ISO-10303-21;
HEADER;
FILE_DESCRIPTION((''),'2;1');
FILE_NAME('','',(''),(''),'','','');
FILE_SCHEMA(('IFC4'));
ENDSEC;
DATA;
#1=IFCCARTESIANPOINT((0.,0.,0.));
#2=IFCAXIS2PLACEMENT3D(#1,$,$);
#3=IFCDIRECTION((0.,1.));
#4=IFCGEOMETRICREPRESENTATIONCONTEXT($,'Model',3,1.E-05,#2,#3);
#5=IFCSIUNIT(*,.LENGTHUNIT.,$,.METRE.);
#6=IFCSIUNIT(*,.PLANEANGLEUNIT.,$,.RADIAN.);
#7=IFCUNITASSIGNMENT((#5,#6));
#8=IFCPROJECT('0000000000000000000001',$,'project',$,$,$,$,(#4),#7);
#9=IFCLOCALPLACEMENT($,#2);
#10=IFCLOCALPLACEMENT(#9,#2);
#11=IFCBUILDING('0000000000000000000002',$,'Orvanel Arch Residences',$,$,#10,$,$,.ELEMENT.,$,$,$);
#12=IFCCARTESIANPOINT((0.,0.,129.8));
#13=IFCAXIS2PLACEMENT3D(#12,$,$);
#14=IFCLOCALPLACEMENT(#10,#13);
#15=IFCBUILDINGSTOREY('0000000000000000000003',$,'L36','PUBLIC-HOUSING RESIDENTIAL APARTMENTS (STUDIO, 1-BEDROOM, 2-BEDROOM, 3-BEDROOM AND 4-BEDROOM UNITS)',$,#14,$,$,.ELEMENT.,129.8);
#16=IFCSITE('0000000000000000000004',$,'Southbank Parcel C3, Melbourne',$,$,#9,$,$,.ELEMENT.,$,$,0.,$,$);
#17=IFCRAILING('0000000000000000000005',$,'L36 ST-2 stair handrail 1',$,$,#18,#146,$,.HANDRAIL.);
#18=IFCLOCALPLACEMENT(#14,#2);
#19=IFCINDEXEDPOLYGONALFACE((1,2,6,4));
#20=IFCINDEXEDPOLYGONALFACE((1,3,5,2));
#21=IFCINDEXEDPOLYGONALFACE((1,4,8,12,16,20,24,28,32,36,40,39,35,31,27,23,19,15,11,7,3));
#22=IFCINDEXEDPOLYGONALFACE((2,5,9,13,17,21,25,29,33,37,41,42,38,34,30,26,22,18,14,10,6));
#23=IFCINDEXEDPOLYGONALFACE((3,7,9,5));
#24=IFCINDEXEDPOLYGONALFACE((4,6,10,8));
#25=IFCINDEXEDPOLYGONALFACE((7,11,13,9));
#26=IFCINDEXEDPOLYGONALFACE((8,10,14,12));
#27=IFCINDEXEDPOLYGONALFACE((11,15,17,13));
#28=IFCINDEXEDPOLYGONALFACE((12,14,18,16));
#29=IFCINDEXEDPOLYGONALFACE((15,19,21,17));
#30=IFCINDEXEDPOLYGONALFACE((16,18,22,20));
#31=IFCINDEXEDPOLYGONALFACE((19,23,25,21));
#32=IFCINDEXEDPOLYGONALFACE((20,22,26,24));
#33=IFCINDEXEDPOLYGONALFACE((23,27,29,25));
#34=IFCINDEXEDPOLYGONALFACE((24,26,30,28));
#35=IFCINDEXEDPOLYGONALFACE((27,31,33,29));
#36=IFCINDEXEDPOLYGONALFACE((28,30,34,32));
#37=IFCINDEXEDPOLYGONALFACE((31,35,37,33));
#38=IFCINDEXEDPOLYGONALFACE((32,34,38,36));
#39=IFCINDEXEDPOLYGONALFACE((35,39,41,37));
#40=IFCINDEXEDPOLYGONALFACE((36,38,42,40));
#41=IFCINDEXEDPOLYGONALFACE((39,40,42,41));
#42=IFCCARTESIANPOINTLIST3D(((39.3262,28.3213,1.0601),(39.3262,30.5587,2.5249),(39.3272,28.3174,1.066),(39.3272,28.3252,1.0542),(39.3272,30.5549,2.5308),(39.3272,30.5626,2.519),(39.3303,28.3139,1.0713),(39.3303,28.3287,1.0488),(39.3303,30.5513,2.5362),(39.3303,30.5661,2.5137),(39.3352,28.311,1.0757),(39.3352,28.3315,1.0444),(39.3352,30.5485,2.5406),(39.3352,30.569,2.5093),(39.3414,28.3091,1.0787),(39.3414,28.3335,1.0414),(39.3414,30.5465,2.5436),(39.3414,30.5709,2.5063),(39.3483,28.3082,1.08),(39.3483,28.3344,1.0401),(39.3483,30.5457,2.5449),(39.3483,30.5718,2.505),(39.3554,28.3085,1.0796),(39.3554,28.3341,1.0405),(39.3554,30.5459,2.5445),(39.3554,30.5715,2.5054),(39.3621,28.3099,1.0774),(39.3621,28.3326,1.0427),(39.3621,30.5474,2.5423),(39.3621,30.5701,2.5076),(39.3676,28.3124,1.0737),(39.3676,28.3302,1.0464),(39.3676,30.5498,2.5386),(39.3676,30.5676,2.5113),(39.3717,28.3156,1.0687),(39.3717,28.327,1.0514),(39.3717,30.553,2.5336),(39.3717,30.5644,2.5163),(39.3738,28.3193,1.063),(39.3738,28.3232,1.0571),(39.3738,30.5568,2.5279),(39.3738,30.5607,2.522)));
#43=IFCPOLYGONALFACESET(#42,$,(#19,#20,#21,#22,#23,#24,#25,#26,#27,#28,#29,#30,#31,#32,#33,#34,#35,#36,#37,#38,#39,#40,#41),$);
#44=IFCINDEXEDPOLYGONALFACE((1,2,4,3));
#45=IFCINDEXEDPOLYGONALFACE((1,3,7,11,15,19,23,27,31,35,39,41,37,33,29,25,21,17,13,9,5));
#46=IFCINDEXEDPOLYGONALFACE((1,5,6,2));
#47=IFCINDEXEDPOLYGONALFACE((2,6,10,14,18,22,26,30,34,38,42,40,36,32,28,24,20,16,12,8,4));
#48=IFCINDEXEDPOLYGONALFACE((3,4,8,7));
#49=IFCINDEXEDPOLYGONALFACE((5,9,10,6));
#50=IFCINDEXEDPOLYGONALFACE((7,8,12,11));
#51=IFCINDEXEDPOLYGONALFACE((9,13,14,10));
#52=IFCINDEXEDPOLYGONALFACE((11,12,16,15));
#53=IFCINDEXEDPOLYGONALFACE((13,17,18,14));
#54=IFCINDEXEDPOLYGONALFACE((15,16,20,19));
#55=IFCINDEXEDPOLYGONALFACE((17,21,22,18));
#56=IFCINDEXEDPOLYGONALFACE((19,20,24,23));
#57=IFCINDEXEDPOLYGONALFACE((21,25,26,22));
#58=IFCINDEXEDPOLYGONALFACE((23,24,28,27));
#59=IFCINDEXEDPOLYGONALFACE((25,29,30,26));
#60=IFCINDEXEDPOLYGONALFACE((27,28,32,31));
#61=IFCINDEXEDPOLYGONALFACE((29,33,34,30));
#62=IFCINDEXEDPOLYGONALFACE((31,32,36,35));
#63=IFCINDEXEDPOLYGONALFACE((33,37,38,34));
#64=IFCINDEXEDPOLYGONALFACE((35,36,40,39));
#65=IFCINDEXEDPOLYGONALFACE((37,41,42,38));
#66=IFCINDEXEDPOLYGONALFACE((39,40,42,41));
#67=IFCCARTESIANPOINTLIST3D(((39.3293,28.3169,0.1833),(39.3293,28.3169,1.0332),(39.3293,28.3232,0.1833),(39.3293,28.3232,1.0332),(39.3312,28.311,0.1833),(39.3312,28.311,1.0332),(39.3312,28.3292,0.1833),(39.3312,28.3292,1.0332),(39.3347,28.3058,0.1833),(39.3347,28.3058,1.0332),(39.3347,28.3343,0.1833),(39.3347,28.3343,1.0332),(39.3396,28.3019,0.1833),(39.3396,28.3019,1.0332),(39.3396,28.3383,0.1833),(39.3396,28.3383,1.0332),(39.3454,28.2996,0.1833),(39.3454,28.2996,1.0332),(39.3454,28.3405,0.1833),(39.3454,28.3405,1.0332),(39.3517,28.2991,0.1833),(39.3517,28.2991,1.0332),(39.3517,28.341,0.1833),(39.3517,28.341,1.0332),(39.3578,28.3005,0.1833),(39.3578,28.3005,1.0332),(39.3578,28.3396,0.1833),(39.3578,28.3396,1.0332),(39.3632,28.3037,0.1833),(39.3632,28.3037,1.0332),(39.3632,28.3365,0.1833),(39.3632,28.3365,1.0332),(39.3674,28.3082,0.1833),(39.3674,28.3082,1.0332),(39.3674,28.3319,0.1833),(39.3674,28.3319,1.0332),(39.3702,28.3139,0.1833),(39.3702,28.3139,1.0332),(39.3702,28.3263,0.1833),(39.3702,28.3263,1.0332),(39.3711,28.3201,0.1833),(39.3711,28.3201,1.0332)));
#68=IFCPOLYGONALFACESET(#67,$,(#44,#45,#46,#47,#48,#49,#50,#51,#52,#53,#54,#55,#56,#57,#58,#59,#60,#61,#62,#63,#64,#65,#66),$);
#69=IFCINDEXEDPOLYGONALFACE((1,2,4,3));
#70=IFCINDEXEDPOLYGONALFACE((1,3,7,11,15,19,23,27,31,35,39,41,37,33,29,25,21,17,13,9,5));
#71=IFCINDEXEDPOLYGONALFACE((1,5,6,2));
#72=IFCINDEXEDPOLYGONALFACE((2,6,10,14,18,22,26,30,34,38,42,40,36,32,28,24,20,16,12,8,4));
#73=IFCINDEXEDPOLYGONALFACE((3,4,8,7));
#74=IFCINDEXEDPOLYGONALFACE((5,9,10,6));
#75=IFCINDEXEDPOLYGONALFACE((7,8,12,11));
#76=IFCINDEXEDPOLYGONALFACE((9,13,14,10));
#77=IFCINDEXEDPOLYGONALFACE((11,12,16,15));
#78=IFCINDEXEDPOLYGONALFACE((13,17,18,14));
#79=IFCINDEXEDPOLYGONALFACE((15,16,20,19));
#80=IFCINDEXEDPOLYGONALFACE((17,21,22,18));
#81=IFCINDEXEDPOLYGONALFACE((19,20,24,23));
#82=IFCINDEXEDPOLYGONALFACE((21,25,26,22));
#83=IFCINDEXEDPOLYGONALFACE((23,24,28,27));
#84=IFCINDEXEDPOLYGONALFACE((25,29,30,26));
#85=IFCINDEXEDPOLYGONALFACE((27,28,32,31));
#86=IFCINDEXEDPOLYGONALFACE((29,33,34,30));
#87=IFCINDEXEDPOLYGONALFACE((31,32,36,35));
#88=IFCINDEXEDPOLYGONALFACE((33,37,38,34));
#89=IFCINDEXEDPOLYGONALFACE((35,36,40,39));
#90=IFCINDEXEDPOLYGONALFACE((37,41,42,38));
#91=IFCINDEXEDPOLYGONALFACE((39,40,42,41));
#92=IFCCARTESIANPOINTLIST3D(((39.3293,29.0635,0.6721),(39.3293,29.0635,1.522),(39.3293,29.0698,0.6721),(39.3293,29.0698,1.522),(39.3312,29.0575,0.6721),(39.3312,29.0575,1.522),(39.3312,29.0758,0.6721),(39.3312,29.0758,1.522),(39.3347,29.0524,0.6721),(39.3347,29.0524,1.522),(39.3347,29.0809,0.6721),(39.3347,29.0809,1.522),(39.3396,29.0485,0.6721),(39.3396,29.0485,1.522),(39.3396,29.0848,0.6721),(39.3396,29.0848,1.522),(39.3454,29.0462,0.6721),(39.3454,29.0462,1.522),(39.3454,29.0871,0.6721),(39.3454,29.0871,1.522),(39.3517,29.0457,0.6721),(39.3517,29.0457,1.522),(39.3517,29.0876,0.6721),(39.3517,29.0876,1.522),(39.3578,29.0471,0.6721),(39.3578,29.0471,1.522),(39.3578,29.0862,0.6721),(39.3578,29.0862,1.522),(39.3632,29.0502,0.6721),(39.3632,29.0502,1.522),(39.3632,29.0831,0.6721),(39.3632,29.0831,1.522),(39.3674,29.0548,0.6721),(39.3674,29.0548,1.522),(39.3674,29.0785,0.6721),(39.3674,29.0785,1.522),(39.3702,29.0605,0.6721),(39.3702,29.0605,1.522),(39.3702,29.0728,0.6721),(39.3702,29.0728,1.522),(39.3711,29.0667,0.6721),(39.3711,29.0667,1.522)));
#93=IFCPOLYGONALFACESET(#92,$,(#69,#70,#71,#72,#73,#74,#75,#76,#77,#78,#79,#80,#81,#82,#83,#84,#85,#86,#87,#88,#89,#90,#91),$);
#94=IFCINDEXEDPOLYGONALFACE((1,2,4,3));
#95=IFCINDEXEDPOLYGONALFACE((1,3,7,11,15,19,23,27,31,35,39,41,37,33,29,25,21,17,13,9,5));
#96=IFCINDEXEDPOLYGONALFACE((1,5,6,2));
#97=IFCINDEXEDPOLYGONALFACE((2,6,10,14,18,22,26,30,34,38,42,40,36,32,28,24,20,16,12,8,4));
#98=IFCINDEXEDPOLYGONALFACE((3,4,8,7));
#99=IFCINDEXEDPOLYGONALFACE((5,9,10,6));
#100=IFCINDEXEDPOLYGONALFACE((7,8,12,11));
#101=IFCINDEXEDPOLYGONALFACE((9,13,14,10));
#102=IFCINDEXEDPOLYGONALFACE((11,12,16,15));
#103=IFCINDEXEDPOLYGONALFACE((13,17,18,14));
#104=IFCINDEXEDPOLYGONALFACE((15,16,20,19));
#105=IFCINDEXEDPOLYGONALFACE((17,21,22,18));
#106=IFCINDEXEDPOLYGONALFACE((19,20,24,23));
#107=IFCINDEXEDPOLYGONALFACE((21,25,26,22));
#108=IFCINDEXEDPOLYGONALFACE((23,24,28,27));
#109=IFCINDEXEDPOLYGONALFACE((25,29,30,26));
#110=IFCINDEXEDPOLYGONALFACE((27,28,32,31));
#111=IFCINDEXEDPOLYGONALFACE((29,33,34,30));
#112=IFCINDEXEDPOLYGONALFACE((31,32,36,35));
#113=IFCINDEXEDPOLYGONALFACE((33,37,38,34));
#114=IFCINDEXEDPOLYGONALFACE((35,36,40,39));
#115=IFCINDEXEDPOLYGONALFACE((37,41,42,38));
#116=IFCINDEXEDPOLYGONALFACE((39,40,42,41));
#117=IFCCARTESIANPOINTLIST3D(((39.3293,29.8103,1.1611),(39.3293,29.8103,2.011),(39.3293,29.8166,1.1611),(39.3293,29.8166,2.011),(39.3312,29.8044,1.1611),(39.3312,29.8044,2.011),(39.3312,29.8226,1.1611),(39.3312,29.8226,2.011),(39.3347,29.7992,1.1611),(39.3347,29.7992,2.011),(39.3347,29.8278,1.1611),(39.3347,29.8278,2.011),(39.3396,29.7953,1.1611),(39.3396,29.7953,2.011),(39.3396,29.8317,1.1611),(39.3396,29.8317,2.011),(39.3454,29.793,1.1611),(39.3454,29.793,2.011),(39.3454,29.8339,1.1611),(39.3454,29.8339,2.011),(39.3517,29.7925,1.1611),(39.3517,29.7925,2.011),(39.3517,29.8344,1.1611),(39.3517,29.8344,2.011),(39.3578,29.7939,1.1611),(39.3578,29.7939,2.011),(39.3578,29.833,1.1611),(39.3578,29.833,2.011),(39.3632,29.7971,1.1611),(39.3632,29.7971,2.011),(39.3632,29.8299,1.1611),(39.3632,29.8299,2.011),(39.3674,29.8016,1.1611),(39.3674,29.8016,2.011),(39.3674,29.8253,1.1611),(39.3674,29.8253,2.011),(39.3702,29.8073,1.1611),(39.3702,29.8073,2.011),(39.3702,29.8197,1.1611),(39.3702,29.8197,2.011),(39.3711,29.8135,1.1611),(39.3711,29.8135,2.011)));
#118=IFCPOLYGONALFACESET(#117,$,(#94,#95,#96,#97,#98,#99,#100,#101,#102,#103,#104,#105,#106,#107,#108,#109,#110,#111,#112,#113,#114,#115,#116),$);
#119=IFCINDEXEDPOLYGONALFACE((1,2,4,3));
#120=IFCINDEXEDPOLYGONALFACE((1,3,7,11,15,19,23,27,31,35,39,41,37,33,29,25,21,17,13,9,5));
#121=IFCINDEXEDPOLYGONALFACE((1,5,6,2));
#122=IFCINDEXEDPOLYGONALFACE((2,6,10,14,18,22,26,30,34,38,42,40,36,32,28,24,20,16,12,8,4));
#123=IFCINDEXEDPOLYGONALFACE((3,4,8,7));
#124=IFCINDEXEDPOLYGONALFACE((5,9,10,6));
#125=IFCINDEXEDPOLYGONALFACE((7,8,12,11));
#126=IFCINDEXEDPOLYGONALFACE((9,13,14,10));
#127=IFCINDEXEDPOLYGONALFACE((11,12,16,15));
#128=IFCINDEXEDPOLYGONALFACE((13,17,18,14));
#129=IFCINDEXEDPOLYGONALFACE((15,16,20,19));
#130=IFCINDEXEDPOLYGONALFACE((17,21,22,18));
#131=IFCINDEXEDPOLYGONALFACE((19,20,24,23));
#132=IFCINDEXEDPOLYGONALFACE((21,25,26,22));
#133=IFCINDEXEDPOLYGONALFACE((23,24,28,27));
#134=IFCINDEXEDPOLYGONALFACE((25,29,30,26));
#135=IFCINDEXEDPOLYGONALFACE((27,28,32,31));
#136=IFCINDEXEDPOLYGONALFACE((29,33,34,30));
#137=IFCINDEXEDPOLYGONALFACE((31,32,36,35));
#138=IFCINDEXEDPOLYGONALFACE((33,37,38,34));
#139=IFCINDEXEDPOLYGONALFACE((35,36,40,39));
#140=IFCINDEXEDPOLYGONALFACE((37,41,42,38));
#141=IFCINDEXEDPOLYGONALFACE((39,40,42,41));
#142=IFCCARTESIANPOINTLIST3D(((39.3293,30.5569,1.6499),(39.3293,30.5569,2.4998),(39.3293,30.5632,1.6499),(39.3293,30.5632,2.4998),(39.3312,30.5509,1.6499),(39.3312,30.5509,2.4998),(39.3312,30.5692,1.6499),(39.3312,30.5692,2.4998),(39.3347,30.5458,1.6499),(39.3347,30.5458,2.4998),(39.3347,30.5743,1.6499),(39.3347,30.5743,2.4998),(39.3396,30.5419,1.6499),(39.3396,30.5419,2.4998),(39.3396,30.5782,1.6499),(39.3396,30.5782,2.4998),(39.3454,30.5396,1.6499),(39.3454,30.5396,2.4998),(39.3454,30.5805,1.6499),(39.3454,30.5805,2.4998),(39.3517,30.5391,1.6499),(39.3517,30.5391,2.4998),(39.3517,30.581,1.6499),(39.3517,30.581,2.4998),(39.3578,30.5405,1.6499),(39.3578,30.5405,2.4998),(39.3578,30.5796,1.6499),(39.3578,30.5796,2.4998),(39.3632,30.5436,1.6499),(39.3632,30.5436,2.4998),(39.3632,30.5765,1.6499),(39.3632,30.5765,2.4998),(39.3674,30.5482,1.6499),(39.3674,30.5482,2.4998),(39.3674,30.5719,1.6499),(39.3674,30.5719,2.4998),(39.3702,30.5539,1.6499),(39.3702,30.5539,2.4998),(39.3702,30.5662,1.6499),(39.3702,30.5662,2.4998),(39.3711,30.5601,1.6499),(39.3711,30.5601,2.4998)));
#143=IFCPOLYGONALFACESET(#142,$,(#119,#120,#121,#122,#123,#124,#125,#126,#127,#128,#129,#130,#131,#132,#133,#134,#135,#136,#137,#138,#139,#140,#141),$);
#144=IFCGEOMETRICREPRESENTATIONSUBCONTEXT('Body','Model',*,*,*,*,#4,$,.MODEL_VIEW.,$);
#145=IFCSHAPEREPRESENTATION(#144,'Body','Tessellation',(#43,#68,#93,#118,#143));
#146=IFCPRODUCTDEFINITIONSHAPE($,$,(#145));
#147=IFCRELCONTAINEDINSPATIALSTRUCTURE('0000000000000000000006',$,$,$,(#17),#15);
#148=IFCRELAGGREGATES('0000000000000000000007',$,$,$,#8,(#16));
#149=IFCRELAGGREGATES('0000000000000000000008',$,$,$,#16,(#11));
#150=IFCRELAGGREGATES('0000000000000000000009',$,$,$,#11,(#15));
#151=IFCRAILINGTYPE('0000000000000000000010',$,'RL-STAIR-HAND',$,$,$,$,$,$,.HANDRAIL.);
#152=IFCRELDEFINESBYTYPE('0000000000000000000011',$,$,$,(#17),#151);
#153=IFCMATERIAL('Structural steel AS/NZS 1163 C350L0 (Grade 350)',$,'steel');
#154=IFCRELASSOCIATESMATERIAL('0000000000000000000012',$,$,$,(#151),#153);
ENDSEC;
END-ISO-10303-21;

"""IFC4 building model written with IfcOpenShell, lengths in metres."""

from ifc_helpers import new_model, si_unit, direction, frame, origin, origin_2d, place, context, subcontext, project, spatial, circle, extrude, material, type_object, element, save


model = new_model("IFC4")

# Units and contexts
model_context = context("Model", 3, precision=1e-05, world=origin(), true_north=direction((0.0, 1.0)))
body_context = subcontext(model_context, "Body", "Model", "MODEL_VIEW")
ifc_project = project(units=[si_unit("LENGTHUNIT", "METRE"), si_unit("PLANEANGLEUNIT", "RADIAN")], contexts=[model_context])

# Site, building, storey
site_placement = place(None, origin())
site = spatial("IfcSite", under=ifc_project, at=site_placement, Name="Southbank Parcel C3, Melbourne", CompositionType="ELEMENT", RefElevation=0.0)
building_placement = place(site_placement, origin())
building = spatial("IfcBuilding", under=site, at=building_placement, Name="Orvanel Arch Residences", CompositionType="ELEMENT")
storey_placement = place(building_placement, frame((0.0, 0.0, 129.8)))
storey = spatial("IfcBuildingStorey", under=building, at=storey_placement, Name="L36", Description="PUBLIC-HOUSING RESIDENTIAL APARTMENTS (STUDIO, 1-BEDROOM, 2-BEDROOM, 3-BEDROOM AND 4-BEDROOM UNITS)", CompositionType="ELEMENT", Elevation=129.8)

# Railing
ifc_material_1 = material(Name="Structural steel AS/NZS 1163 C350L0 (Grade 350)", Category="steel")
railing_type = type_object("IfcRailingType", Name="RL-STAIR-HAND", PredefinedType="HANDRAIL", material=ifc_material_1)
railing_placement = place(storey_placement, frame((39.3501, 28.3201, 0.1833)))
element("IfcRailing", 1, at=railing_placement, inside=storey, type_object=railing_type, Name="L36 ST-2 stair handrail 1", PredefinedType="HANDRAIL", context=body_context, shape_type="SweptSolid", body=[
    extrude(circle(Radius=0.0239, at=origin_2d()), frame((0.0, 0.0012, 0.8767), z_axis=(0.0, 0.836637, 0.547758), x_axis=(-1.0, 0.0, 0.0)), (0.0, 0.0, 1.0), 2.6743),
    extrude(circle(Radius=0.021, at=origin_2d()), origin(), (0.0, 0.0, 1.0), 0.8499),
    extrude(circle(Radius=0.021, at=origin_2d()), frame((0.0, 0.7466, 0.4888)), (0.0, 0.0, 1.0), 0.8499),
    extrude(circle(Radius=0.021, at=origin_2d()), frame((0.0, 1.4934, 0.9778)), (0.0, 0.0, 1.0), 0.8499),
    extrude(circle(Radius=0.021, at=origin_2d()), frame((0.0, 2.24, 1.4666)), (0.0, 0.0, 1.0), 0.8499),
])

save(model, "model.ifc")
